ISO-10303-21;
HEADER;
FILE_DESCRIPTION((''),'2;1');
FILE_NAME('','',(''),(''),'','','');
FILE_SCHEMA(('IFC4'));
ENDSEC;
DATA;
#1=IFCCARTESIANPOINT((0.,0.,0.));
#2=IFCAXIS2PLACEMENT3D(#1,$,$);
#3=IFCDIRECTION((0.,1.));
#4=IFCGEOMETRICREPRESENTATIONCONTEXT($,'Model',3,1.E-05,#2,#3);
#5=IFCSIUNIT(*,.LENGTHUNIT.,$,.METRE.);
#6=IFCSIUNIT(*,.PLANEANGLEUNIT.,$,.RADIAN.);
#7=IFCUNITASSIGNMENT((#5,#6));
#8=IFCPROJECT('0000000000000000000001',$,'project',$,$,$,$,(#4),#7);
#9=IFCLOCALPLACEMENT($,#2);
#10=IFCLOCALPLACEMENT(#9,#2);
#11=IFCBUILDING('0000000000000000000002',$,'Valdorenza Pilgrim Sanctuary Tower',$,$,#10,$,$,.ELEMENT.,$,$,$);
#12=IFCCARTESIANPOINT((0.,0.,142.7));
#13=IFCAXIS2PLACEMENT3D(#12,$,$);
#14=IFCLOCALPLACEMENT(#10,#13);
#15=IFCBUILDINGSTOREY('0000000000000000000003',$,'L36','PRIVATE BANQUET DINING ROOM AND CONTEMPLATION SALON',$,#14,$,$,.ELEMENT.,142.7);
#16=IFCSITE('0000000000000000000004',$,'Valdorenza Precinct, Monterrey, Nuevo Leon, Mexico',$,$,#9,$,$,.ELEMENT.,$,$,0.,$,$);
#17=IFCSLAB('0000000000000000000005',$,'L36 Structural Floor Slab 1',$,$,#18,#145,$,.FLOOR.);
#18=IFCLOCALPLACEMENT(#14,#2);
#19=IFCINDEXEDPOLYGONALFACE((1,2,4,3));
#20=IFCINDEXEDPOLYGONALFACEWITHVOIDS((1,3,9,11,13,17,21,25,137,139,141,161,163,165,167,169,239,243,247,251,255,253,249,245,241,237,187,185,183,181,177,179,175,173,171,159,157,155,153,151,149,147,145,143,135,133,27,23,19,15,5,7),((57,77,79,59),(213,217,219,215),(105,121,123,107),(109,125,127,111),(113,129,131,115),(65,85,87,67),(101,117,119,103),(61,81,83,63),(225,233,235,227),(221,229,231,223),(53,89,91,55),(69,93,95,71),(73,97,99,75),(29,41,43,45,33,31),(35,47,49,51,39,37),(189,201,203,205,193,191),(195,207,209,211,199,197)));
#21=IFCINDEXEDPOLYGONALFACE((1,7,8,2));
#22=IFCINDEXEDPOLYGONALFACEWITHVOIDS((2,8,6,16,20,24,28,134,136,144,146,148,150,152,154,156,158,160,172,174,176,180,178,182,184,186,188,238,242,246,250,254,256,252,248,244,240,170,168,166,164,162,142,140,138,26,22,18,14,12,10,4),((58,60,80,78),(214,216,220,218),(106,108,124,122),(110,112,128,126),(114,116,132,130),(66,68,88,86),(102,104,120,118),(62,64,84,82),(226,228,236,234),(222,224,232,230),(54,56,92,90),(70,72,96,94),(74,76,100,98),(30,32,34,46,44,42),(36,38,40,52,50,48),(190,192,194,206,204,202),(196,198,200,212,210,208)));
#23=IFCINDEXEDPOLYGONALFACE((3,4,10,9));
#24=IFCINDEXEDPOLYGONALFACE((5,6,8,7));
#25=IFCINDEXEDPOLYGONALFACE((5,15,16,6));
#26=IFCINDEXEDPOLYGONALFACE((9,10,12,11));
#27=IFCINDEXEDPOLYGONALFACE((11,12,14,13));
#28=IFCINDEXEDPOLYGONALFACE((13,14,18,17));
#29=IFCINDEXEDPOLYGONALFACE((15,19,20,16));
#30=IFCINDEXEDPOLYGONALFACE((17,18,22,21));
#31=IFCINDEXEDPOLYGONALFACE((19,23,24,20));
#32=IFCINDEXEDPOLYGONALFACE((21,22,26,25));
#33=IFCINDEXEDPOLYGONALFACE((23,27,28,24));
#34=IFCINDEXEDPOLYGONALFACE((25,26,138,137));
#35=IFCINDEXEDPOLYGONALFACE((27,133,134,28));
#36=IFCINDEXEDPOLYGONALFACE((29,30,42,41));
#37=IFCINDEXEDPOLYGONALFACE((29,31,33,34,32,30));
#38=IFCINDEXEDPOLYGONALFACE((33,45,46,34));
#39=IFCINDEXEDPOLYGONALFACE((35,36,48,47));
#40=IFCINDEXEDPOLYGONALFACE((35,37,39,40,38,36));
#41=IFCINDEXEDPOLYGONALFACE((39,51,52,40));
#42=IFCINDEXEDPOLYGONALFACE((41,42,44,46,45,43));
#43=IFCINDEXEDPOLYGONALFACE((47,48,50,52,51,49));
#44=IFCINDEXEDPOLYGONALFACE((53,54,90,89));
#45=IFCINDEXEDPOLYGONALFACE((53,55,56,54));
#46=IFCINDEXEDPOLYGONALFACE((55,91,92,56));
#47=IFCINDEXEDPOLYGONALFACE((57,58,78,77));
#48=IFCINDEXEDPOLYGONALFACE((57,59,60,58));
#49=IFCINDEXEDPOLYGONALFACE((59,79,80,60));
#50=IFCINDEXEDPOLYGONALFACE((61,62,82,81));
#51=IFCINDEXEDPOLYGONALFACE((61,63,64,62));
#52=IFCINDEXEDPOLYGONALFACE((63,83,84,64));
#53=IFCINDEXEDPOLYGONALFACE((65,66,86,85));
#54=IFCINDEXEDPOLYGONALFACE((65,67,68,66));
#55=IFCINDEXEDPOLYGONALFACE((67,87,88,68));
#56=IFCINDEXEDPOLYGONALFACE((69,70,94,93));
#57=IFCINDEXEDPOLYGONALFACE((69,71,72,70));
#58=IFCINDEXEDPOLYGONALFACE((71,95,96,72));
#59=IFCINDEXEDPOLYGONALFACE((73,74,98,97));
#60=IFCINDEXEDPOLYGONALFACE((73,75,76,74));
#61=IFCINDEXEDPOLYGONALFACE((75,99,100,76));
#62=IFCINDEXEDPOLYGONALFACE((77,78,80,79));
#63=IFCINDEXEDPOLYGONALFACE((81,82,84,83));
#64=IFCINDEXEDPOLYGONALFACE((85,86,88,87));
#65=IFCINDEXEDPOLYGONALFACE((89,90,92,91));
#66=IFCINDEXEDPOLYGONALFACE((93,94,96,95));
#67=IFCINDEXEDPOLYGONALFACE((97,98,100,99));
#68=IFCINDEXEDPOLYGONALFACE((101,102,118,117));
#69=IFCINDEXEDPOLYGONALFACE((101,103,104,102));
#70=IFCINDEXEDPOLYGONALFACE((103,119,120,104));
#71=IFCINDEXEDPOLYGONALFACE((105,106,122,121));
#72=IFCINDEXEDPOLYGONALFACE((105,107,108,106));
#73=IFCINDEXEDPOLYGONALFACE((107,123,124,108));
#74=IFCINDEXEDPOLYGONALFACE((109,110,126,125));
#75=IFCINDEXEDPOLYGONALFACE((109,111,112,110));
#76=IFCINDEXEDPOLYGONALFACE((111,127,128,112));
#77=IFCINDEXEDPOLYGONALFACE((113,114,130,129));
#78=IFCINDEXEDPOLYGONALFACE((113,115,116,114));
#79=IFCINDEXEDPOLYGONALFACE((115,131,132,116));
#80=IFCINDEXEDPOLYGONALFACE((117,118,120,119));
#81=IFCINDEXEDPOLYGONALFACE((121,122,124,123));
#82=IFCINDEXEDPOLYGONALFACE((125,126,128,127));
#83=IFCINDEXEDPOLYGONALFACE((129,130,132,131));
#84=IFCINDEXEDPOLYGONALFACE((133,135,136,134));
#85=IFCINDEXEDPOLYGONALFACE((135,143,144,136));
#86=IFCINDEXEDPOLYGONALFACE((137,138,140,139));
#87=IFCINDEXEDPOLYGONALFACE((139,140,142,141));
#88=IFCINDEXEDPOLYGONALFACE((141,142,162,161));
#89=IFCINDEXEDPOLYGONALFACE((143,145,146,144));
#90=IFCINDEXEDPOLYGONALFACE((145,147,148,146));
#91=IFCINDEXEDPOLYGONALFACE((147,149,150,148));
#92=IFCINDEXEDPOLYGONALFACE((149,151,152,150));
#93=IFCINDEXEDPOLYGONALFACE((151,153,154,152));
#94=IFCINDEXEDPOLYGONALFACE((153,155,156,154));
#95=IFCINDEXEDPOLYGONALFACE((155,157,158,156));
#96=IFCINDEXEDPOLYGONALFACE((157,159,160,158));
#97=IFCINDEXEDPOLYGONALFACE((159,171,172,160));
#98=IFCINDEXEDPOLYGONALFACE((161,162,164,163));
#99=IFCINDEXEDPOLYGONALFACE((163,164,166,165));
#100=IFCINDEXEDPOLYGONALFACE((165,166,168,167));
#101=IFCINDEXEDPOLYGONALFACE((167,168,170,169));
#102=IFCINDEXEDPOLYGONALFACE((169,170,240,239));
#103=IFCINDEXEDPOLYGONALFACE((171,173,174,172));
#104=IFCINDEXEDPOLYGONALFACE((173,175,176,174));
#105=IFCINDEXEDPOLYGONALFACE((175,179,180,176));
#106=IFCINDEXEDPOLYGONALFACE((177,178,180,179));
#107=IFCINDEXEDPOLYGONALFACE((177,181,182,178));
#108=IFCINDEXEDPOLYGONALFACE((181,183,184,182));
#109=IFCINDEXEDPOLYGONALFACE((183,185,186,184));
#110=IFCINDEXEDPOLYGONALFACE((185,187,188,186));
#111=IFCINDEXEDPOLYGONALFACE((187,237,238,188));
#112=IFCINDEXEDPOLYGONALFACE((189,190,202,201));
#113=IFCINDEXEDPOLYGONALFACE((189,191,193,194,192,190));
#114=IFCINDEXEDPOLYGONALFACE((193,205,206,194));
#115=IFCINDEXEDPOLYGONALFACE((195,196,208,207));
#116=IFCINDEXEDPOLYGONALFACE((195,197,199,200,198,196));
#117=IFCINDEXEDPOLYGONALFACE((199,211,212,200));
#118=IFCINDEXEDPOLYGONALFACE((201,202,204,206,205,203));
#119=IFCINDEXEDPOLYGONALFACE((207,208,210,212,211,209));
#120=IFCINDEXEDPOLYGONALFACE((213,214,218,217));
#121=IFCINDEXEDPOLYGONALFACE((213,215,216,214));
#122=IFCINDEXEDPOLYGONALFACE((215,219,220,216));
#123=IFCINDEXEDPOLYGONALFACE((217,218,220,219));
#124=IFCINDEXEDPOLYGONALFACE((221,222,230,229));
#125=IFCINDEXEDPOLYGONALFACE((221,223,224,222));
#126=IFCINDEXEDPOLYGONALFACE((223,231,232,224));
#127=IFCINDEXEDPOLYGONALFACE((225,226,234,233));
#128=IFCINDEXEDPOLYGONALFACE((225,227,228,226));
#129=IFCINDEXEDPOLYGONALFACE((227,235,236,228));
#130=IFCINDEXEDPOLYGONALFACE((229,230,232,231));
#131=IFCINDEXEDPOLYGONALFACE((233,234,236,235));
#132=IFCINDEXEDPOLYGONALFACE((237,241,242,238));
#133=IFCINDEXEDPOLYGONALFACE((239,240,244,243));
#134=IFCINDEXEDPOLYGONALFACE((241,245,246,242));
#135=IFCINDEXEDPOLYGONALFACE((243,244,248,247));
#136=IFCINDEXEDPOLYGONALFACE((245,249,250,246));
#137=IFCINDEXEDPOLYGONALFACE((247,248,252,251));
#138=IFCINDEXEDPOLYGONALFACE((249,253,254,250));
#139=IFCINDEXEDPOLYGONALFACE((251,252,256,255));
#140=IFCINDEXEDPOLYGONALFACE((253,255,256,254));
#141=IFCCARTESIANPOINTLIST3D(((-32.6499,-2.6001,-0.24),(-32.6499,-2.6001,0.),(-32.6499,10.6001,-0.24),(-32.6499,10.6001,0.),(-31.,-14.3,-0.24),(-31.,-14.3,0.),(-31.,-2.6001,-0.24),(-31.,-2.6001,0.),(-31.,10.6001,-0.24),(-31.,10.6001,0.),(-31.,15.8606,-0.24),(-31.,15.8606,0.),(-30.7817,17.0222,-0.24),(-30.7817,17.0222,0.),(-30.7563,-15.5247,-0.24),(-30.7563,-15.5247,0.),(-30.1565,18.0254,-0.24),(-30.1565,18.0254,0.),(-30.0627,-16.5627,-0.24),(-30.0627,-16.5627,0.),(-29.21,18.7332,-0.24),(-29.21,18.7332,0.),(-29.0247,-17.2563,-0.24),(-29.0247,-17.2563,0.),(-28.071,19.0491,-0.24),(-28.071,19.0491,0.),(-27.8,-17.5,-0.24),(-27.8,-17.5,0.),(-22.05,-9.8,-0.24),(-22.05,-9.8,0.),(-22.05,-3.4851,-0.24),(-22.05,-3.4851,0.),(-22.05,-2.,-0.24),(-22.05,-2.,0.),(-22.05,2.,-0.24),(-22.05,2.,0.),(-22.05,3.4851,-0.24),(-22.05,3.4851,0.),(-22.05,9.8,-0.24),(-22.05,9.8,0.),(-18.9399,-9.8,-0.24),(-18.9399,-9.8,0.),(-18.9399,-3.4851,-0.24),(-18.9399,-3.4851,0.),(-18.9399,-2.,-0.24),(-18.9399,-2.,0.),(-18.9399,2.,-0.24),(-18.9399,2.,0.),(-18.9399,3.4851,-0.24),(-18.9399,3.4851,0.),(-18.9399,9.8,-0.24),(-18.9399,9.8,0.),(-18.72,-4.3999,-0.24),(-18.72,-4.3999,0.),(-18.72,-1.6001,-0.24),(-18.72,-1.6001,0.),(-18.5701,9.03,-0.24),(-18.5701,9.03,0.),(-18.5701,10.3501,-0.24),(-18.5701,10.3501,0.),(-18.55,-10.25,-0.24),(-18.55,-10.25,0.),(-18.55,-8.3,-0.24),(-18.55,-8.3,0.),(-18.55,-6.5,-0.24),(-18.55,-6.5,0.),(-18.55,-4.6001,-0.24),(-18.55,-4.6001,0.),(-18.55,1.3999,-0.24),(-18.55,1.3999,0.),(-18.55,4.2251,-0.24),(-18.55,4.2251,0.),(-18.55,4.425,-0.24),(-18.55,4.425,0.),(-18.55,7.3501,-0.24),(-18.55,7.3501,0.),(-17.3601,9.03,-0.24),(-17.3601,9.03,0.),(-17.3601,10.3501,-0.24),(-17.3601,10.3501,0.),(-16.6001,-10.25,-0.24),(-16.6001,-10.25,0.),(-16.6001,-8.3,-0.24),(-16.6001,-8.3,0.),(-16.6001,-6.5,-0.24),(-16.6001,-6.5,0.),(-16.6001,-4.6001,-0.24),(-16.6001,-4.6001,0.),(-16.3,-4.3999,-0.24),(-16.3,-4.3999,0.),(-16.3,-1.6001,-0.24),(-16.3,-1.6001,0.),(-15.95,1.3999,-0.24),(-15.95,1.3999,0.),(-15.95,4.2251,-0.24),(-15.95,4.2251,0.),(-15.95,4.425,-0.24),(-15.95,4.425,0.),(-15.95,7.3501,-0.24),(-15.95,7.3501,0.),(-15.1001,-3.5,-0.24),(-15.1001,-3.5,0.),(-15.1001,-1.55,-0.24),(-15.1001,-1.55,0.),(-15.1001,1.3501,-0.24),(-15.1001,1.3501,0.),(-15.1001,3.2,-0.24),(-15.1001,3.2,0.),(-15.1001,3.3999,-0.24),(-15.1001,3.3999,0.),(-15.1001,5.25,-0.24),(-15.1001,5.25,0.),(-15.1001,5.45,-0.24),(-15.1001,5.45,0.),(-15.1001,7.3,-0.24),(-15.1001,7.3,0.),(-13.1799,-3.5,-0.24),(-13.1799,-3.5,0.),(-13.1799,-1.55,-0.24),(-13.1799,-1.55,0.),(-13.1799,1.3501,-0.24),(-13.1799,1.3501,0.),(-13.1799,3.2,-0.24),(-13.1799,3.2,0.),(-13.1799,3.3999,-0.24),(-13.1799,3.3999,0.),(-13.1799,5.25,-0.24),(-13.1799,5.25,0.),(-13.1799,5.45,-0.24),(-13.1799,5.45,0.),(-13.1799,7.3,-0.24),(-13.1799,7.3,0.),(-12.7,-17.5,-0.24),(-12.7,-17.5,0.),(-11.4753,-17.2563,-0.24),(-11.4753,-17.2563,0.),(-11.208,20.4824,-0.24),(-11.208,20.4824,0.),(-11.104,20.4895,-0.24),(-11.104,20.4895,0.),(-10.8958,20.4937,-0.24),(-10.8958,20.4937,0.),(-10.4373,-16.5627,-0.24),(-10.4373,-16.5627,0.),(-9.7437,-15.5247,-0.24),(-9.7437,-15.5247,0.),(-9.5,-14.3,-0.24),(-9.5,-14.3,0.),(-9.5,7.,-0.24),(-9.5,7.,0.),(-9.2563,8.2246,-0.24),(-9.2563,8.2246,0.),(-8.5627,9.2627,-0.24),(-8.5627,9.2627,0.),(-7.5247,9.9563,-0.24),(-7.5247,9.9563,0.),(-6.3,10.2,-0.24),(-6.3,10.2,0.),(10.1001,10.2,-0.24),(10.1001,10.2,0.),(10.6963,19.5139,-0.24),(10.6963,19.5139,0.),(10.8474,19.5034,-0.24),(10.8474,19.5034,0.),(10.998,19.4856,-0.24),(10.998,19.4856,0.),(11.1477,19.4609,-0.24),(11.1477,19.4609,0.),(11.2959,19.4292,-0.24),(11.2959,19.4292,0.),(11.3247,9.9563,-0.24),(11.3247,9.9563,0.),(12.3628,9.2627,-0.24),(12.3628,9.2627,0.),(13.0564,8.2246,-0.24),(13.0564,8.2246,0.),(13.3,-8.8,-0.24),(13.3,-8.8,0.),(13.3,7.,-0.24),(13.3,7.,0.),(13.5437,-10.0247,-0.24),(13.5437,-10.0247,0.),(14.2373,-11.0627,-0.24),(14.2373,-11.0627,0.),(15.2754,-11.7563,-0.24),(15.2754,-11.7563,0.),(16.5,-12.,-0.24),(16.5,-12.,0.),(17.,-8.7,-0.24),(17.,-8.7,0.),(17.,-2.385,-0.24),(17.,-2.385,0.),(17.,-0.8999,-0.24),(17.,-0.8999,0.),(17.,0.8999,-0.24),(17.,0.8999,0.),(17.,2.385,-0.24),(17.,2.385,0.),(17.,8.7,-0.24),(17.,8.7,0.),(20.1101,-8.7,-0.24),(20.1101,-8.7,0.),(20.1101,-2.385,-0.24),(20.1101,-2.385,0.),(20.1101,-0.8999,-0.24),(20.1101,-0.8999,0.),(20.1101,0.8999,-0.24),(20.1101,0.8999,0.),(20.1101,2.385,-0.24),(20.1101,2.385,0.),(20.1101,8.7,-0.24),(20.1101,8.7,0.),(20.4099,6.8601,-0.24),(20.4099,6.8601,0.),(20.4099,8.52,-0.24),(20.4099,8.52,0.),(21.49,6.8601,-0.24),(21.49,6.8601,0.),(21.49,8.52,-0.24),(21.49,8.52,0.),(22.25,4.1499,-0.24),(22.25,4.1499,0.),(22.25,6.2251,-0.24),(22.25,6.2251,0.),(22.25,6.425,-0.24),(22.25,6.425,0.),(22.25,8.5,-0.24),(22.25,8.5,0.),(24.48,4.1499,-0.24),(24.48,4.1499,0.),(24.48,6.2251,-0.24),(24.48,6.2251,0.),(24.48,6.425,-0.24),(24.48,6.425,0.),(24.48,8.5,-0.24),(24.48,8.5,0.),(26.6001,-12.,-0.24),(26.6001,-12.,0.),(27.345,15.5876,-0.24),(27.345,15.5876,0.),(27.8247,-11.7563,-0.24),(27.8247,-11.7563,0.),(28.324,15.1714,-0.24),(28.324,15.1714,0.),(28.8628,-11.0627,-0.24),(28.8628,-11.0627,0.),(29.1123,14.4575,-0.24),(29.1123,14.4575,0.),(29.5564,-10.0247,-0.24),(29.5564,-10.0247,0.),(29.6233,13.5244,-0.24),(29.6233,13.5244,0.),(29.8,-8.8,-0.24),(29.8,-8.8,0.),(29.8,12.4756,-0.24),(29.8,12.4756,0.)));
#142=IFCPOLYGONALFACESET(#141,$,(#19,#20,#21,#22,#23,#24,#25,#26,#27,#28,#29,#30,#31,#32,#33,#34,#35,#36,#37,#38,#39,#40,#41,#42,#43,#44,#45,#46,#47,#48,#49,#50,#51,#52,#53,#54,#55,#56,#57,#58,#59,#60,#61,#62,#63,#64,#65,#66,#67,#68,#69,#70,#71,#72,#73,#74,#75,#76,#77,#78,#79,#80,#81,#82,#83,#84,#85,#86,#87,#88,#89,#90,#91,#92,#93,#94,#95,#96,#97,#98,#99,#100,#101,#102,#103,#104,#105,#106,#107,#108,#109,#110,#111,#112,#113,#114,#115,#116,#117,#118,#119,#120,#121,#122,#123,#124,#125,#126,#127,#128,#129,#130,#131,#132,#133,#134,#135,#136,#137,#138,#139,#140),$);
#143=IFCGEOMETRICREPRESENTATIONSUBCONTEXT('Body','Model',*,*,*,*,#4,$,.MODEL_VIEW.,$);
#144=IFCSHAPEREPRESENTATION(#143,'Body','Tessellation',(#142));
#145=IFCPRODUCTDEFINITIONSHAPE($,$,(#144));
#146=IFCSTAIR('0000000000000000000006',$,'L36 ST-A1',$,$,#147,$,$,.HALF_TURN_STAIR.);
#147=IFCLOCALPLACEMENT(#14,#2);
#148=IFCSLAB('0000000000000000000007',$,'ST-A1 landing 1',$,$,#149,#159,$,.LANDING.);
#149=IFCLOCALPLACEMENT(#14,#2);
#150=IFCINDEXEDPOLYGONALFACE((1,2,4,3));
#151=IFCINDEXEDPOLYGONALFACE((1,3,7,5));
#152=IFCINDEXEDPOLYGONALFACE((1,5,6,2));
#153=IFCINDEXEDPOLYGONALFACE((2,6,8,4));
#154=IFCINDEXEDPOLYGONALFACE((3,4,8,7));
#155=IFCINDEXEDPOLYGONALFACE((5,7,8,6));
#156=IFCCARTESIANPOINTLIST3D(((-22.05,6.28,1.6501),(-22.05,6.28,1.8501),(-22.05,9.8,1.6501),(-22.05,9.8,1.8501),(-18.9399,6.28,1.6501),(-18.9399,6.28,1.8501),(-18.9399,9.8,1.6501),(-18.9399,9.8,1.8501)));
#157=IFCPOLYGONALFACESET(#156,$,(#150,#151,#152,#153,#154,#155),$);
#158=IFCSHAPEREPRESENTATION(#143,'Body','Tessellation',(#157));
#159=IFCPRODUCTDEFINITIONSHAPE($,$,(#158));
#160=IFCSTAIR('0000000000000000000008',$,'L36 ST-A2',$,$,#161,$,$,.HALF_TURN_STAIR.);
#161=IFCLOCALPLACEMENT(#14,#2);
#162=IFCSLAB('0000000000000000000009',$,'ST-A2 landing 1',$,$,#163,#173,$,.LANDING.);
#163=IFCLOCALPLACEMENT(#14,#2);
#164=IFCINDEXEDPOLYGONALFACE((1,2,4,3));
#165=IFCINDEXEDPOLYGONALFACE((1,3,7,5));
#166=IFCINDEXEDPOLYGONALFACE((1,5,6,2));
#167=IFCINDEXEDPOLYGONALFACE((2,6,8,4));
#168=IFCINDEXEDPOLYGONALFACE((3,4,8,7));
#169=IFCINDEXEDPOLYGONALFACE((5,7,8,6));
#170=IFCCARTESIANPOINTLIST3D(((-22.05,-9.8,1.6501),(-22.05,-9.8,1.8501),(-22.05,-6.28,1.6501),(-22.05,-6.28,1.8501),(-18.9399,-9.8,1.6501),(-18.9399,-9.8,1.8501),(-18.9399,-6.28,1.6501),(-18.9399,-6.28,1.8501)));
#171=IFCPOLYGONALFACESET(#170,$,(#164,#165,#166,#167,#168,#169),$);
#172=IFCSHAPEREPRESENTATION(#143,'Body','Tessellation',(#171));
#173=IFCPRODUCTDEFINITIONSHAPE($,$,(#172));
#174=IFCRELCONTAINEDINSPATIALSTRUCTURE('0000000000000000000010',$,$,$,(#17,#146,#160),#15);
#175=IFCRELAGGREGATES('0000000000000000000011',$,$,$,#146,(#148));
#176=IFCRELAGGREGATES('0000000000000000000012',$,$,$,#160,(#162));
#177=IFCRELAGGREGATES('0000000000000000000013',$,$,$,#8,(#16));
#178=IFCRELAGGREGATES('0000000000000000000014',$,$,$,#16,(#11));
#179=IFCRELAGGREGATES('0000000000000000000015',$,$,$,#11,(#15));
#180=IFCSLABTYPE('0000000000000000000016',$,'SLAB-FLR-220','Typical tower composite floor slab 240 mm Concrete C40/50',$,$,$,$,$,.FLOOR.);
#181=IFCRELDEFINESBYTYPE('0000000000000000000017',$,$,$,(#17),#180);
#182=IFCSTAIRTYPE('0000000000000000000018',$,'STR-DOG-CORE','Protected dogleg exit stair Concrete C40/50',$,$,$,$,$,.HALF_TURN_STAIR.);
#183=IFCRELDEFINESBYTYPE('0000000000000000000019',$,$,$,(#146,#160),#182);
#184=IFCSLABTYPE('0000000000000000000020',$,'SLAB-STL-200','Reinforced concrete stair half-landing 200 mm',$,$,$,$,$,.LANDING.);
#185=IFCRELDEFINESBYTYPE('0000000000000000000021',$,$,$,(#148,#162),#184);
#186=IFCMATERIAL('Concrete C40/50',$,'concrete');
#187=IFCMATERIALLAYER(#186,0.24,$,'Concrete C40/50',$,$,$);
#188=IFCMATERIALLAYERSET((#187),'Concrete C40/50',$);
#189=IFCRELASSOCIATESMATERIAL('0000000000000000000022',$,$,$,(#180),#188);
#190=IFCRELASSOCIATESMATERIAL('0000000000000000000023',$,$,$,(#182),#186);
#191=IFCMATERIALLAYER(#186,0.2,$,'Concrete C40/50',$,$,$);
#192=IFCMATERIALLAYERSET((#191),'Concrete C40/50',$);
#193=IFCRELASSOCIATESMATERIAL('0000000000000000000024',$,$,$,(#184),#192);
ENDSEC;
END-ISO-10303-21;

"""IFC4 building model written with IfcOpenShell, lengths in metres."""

from ifc_helpers import new_model, si_unit, direction, frame, origin, place, context, subcontext, project, spatial, polyline, outline, extrude, material, layer, layer_set, type_object, element, aggregate, save


model = new_model("IFC4")

# Units and contexts
model_context = context("Model", 3, precision=1e-05, world=origin(), true_north=direction((0.0, 1.0)))
body_context = subcontext(model_context, "Body", "Model", "MODEL_VIEW")
ifc_project = project(units=[si_unit("LENGTHUNIT", "METRE"), si_unit("PLANEANGLEUNIT", "RADIAN")], contexts=[model_context])

# Site, building, storey
site_placement = place(None, origin())
site = spatial("IfcSite", under=ifc_project, at=site_placement, Name="Valdorenza Precinct, Monterrey, Nuevo Leon, Mexico", CompositionType="ELEMENT", RefElevation=0.0)
building_placement = place(site_placement, origin())
building = spatial("IfcBuilding", under=site, at=building_placement, Name="Valdorenza Pilgrim Sanctuary Tower", CompositionType="ELEMENT")
storey_placement = place(building_placement, frame((0.0, 0.0, 142.7)))
storey = spatial("IfcBuildingStorey", under=building, at=storey_placement, Name="L36", Description="PRIVATE BANQUET DINING ROOM AND CONTEMPLATION SALON", CompositionType="ELEMENT", Elevation=142.7)

# Slab
ifc_material_1 = material(Name="Concrete C40/50", Category="concrete")
ifc_layer_1 = layer(ifc_material_1, 0.24, Name="Concrete C40/50")
ifc_layer_set_1 = layer_set([ifc_layer_1], Name="Concrete C40/50")
slab_type_1 = type_object("IfcSlabType", Name="SLAB-FLR-220", Description="Typical tower composite floor slab 240 mm Concrete C40/50", PredefinedType="FLOOR", material=ifc_layer_set_1)
slab_1_placement = place(storey_placement, frame((0.0, 0.0, -0.24)))
element("IfcSlab", 1, at=slab_1_placement, inside=storey, type_object=slab_type_1, Name="L36 Structural Floor Slab 1", PredefinedType="FLOOR", context=body_context, shape_type="SweptSolid", body=[
    extrude(outline(polyline([(-30.7817, 17.0222), (-30.1565, 18.0254), (-29.21, 18.7332), (-28.071, 19.0491), (-11.208, 20.4824), (-11.104, 20.4895), (-10.8958, 20.4937), (10.6963, 19.5139), (10.8474, 19.5034), (10.998, 19.4856), (11.1477, 19.4609), (11.2959, 19.4292), (27.345, 15.5876), (28.324, 15.1714), (29.1123, 14.4575), (29.6233, 13.5244), (29.8, 12.4756), (29.8, -8.8), (29.5564, -10.0247), (28.8628, -11.0627), (27.8247, -11.7563), (26.6001, -12.0), (16.5, -12.0), (15.2754, -11.7563), (14.2373, -11.0627), (13.5437, -10.0247), (13.3, -8.8), (13.3, 7.0), (13.0564, 8.2246), (12.3628, 9.2627), (11.3247, 9.9563), (10.1001, 10.2), (-6.3, 10.2), (-7.5247, 9.9563), (-8.5627, 9.2627), (-9.2563, 8.2246), (-9.5, 7.0), (-9.5, -14.3), (-9.7437, -15.5247), (-10.4373, -16.5627), (-11.4753, -17.2563), (-12.7, -17.5), (-27.8, -17.5), (-29.0247, -17.2563), (-30.0627, -16.5627), (-30.7563, -15.5247), (-31.0, -14.3), (-31.0, -2.6001), (-32.6499, -2.6001), (-32.6499, 10.6001), (-31.0, 10.6001), (-31.0, 15.8606), (-30.7817, 17.0222)]), holes=[polyline([(-16.6001, -10.25), (-16.6001, -8.3), (-18.55, -8.3), (-18.55, -10.25), (-16.6001, -10.25)]), polyline([(-22.05, -9.8), (-18.9399, -9.8), (-18.9399, -3.4851), (-18.9399, -2.0), (-22.05, -2.0), (-22.05, -3.4851), (-22.05, -9.8)]), polyline([(-16.6001, -6.5), (-16.6001, -4.6001), (-18.55, -4.6001), (-18.55, -6.5), (-16.6001, -6.5)]), polyline([(-18.72, -4.3999), (-16.3, -4.3999), (-16.3, -1.6001), (-18.72, -1.6001), (-18.72, -4.3999)]), polyline([(-13.1799, 1.3501), (-13.1799, 3.2), (-15.1001, 3.2), (-15.1001, 1.3501), (-13.1799, 1.3501)]), polyline([(-22.05, 2.0), (-18.9399, 2.0), (-18.9399, 3.4851), (-18.9399, 9.8), (-22.05, 9.8), (-22.05, 3.4851), (-22.05, 2.0)]), polyline([(-15.95, 1.3999), (-15.95, 4.2251), (-18.55, 4.2251), (-18.55, 1.3999), (-15.95, 1.3999)]), polyline([(-18.55, 4.425), (-15.95, 4.425), (-15.95, 7.3501), (-18.55, 7.3501), (-18.55, 4.425)]), polyline([(-17.3601, 9.03), (-17.3601, 10.3501), (-18.5701, 10.3501), (-18.5701, 9.03), (-17.3601, 9.03)]), polyline([(17.0, -8.7), (20.1101, -8.7), (20.1101, -2.385), (20.1101, -0.8999), (17.0, -0.8999), (17.0, -2.385), (17.0, -8.7)]), polyline([(-13.1799, -3.5), (-13.1799, -1.55), (-15.1001, -1.55), (-15.1001, -3.5), (-13.1799, -3.5)]), polyline([(17.0, 0.8999), (20.1101, 0.8999), (20.1101, 2.385), (20.1101, 8.7), (17.0, 8.7), (17.0, 2.385), (17.0, 0.8999)]), polyline([(-13.1799, 3.3999), (-13.1799, 5.25), (-15.1001, 5.25), (-15.1001, 3.3999), (-13.1799, 3.3999)]), polyline([(22.25, 4.1499), (24.48, 4.1499), (24.48, 6.2251), (22.25, 6.2251), (22.25, 4.1499)]), polyline([(-13.1799, 5.45), (-13.1799, 7.3), (-15.1001, 7.3), (-15.1001, 5.45), (-13.1799, 5.45)]), polyline([(22.25, 6.425), (24.48, 6.425), (24.48, 8.5), (22.25, 8.5), (22.25, 6.425)]), polyline([(20.4099, 6.8601), (21.49, 6.8601), (21.49, 8.52), (20.4099, 8.52), (20.4099, 6.8601)])]), origin(), (0.0, 0.0, 1.0), 0.24),
])

# Stairs, slabs
stair_type = type_object("IfcStairType", Name="STR-DOG-CORE", Description="Protected dogleg exit stair Concrete C40/50", PredefinedType="HALF_TURN_STAIR", material=ifc_material_1)
stair_1_placement = place(storey_placement, origin())
stair_1 = element("IfcStair", 2, at=stair_1_placement, inside=storey, type_object=stair_type, Name="L36 ST-A1", PredefinedType="HALF_TURN_STAIR")
ifc_layer_2 = layer(ifc_material_1, 0.2, Name="Concrete C40/50")
ifc_layer_set_2 = layer_set([ifc_layer_2], Name="Concrete C40/50")
slab_type_2 = type_object("IfcSlabType", Name="SLAB-STL-200", Description="Reinforced concrete stair half-landing 200 mm", PredefinedType="LANDING", material=ifc_layer_set_2)
slab_2_placement = place(storey_placement, frame((0.0, 0.0, 1.6501)))
slab_2 = element("IfcSlab", 3, at=slab_2_placement, type_object=slab_type_2, Name="ST-A1 landing 1", PredefinedType="LANDING", context=body_context, shape_type="SweptSolid", body=[
    extrude(outline(polyline([(-18.9399, 6.28), (-18.9399, 9.8), (-22.05, 9.8), (-22.05, 6.28), (-18.9399, 6.28)])), origin(), (0.0, 0.0, 1.0), 0.2),
])
aggregate(stair_1, [slab_2])
stair_2_placement = place(storey_placement, origin())
stair_2 = element("IfcStair", 4, at=stair_2_placement, inside=storey, type_object=stair_type, Name="L36 ST-A2", PredefinedType="HALF_TURN_STAIR")
slab_3_placement = place(storey_placement, frame((0.0, 0.0, 1.6501)))
slab_3 = element("IfcSlab", 5, at=slab_3_placement, type_object=slab_type_2, Name="ST-A2 landing 1", PredefinedType="LANDING", context=body_context, shape_type="SweptSolid", body=[
    extrude(outline(polyline([(-22.05, -6.28), (-22.05, -9.8), (-18.9399, -9.8), (-18.9399, -6.28), (-22.05, -6.28)])), origin(), (0.0, 0.0, 1.0), 0.2),
])
aggregate(stair_2, [slab_3])

save(model, "model.ifc")
